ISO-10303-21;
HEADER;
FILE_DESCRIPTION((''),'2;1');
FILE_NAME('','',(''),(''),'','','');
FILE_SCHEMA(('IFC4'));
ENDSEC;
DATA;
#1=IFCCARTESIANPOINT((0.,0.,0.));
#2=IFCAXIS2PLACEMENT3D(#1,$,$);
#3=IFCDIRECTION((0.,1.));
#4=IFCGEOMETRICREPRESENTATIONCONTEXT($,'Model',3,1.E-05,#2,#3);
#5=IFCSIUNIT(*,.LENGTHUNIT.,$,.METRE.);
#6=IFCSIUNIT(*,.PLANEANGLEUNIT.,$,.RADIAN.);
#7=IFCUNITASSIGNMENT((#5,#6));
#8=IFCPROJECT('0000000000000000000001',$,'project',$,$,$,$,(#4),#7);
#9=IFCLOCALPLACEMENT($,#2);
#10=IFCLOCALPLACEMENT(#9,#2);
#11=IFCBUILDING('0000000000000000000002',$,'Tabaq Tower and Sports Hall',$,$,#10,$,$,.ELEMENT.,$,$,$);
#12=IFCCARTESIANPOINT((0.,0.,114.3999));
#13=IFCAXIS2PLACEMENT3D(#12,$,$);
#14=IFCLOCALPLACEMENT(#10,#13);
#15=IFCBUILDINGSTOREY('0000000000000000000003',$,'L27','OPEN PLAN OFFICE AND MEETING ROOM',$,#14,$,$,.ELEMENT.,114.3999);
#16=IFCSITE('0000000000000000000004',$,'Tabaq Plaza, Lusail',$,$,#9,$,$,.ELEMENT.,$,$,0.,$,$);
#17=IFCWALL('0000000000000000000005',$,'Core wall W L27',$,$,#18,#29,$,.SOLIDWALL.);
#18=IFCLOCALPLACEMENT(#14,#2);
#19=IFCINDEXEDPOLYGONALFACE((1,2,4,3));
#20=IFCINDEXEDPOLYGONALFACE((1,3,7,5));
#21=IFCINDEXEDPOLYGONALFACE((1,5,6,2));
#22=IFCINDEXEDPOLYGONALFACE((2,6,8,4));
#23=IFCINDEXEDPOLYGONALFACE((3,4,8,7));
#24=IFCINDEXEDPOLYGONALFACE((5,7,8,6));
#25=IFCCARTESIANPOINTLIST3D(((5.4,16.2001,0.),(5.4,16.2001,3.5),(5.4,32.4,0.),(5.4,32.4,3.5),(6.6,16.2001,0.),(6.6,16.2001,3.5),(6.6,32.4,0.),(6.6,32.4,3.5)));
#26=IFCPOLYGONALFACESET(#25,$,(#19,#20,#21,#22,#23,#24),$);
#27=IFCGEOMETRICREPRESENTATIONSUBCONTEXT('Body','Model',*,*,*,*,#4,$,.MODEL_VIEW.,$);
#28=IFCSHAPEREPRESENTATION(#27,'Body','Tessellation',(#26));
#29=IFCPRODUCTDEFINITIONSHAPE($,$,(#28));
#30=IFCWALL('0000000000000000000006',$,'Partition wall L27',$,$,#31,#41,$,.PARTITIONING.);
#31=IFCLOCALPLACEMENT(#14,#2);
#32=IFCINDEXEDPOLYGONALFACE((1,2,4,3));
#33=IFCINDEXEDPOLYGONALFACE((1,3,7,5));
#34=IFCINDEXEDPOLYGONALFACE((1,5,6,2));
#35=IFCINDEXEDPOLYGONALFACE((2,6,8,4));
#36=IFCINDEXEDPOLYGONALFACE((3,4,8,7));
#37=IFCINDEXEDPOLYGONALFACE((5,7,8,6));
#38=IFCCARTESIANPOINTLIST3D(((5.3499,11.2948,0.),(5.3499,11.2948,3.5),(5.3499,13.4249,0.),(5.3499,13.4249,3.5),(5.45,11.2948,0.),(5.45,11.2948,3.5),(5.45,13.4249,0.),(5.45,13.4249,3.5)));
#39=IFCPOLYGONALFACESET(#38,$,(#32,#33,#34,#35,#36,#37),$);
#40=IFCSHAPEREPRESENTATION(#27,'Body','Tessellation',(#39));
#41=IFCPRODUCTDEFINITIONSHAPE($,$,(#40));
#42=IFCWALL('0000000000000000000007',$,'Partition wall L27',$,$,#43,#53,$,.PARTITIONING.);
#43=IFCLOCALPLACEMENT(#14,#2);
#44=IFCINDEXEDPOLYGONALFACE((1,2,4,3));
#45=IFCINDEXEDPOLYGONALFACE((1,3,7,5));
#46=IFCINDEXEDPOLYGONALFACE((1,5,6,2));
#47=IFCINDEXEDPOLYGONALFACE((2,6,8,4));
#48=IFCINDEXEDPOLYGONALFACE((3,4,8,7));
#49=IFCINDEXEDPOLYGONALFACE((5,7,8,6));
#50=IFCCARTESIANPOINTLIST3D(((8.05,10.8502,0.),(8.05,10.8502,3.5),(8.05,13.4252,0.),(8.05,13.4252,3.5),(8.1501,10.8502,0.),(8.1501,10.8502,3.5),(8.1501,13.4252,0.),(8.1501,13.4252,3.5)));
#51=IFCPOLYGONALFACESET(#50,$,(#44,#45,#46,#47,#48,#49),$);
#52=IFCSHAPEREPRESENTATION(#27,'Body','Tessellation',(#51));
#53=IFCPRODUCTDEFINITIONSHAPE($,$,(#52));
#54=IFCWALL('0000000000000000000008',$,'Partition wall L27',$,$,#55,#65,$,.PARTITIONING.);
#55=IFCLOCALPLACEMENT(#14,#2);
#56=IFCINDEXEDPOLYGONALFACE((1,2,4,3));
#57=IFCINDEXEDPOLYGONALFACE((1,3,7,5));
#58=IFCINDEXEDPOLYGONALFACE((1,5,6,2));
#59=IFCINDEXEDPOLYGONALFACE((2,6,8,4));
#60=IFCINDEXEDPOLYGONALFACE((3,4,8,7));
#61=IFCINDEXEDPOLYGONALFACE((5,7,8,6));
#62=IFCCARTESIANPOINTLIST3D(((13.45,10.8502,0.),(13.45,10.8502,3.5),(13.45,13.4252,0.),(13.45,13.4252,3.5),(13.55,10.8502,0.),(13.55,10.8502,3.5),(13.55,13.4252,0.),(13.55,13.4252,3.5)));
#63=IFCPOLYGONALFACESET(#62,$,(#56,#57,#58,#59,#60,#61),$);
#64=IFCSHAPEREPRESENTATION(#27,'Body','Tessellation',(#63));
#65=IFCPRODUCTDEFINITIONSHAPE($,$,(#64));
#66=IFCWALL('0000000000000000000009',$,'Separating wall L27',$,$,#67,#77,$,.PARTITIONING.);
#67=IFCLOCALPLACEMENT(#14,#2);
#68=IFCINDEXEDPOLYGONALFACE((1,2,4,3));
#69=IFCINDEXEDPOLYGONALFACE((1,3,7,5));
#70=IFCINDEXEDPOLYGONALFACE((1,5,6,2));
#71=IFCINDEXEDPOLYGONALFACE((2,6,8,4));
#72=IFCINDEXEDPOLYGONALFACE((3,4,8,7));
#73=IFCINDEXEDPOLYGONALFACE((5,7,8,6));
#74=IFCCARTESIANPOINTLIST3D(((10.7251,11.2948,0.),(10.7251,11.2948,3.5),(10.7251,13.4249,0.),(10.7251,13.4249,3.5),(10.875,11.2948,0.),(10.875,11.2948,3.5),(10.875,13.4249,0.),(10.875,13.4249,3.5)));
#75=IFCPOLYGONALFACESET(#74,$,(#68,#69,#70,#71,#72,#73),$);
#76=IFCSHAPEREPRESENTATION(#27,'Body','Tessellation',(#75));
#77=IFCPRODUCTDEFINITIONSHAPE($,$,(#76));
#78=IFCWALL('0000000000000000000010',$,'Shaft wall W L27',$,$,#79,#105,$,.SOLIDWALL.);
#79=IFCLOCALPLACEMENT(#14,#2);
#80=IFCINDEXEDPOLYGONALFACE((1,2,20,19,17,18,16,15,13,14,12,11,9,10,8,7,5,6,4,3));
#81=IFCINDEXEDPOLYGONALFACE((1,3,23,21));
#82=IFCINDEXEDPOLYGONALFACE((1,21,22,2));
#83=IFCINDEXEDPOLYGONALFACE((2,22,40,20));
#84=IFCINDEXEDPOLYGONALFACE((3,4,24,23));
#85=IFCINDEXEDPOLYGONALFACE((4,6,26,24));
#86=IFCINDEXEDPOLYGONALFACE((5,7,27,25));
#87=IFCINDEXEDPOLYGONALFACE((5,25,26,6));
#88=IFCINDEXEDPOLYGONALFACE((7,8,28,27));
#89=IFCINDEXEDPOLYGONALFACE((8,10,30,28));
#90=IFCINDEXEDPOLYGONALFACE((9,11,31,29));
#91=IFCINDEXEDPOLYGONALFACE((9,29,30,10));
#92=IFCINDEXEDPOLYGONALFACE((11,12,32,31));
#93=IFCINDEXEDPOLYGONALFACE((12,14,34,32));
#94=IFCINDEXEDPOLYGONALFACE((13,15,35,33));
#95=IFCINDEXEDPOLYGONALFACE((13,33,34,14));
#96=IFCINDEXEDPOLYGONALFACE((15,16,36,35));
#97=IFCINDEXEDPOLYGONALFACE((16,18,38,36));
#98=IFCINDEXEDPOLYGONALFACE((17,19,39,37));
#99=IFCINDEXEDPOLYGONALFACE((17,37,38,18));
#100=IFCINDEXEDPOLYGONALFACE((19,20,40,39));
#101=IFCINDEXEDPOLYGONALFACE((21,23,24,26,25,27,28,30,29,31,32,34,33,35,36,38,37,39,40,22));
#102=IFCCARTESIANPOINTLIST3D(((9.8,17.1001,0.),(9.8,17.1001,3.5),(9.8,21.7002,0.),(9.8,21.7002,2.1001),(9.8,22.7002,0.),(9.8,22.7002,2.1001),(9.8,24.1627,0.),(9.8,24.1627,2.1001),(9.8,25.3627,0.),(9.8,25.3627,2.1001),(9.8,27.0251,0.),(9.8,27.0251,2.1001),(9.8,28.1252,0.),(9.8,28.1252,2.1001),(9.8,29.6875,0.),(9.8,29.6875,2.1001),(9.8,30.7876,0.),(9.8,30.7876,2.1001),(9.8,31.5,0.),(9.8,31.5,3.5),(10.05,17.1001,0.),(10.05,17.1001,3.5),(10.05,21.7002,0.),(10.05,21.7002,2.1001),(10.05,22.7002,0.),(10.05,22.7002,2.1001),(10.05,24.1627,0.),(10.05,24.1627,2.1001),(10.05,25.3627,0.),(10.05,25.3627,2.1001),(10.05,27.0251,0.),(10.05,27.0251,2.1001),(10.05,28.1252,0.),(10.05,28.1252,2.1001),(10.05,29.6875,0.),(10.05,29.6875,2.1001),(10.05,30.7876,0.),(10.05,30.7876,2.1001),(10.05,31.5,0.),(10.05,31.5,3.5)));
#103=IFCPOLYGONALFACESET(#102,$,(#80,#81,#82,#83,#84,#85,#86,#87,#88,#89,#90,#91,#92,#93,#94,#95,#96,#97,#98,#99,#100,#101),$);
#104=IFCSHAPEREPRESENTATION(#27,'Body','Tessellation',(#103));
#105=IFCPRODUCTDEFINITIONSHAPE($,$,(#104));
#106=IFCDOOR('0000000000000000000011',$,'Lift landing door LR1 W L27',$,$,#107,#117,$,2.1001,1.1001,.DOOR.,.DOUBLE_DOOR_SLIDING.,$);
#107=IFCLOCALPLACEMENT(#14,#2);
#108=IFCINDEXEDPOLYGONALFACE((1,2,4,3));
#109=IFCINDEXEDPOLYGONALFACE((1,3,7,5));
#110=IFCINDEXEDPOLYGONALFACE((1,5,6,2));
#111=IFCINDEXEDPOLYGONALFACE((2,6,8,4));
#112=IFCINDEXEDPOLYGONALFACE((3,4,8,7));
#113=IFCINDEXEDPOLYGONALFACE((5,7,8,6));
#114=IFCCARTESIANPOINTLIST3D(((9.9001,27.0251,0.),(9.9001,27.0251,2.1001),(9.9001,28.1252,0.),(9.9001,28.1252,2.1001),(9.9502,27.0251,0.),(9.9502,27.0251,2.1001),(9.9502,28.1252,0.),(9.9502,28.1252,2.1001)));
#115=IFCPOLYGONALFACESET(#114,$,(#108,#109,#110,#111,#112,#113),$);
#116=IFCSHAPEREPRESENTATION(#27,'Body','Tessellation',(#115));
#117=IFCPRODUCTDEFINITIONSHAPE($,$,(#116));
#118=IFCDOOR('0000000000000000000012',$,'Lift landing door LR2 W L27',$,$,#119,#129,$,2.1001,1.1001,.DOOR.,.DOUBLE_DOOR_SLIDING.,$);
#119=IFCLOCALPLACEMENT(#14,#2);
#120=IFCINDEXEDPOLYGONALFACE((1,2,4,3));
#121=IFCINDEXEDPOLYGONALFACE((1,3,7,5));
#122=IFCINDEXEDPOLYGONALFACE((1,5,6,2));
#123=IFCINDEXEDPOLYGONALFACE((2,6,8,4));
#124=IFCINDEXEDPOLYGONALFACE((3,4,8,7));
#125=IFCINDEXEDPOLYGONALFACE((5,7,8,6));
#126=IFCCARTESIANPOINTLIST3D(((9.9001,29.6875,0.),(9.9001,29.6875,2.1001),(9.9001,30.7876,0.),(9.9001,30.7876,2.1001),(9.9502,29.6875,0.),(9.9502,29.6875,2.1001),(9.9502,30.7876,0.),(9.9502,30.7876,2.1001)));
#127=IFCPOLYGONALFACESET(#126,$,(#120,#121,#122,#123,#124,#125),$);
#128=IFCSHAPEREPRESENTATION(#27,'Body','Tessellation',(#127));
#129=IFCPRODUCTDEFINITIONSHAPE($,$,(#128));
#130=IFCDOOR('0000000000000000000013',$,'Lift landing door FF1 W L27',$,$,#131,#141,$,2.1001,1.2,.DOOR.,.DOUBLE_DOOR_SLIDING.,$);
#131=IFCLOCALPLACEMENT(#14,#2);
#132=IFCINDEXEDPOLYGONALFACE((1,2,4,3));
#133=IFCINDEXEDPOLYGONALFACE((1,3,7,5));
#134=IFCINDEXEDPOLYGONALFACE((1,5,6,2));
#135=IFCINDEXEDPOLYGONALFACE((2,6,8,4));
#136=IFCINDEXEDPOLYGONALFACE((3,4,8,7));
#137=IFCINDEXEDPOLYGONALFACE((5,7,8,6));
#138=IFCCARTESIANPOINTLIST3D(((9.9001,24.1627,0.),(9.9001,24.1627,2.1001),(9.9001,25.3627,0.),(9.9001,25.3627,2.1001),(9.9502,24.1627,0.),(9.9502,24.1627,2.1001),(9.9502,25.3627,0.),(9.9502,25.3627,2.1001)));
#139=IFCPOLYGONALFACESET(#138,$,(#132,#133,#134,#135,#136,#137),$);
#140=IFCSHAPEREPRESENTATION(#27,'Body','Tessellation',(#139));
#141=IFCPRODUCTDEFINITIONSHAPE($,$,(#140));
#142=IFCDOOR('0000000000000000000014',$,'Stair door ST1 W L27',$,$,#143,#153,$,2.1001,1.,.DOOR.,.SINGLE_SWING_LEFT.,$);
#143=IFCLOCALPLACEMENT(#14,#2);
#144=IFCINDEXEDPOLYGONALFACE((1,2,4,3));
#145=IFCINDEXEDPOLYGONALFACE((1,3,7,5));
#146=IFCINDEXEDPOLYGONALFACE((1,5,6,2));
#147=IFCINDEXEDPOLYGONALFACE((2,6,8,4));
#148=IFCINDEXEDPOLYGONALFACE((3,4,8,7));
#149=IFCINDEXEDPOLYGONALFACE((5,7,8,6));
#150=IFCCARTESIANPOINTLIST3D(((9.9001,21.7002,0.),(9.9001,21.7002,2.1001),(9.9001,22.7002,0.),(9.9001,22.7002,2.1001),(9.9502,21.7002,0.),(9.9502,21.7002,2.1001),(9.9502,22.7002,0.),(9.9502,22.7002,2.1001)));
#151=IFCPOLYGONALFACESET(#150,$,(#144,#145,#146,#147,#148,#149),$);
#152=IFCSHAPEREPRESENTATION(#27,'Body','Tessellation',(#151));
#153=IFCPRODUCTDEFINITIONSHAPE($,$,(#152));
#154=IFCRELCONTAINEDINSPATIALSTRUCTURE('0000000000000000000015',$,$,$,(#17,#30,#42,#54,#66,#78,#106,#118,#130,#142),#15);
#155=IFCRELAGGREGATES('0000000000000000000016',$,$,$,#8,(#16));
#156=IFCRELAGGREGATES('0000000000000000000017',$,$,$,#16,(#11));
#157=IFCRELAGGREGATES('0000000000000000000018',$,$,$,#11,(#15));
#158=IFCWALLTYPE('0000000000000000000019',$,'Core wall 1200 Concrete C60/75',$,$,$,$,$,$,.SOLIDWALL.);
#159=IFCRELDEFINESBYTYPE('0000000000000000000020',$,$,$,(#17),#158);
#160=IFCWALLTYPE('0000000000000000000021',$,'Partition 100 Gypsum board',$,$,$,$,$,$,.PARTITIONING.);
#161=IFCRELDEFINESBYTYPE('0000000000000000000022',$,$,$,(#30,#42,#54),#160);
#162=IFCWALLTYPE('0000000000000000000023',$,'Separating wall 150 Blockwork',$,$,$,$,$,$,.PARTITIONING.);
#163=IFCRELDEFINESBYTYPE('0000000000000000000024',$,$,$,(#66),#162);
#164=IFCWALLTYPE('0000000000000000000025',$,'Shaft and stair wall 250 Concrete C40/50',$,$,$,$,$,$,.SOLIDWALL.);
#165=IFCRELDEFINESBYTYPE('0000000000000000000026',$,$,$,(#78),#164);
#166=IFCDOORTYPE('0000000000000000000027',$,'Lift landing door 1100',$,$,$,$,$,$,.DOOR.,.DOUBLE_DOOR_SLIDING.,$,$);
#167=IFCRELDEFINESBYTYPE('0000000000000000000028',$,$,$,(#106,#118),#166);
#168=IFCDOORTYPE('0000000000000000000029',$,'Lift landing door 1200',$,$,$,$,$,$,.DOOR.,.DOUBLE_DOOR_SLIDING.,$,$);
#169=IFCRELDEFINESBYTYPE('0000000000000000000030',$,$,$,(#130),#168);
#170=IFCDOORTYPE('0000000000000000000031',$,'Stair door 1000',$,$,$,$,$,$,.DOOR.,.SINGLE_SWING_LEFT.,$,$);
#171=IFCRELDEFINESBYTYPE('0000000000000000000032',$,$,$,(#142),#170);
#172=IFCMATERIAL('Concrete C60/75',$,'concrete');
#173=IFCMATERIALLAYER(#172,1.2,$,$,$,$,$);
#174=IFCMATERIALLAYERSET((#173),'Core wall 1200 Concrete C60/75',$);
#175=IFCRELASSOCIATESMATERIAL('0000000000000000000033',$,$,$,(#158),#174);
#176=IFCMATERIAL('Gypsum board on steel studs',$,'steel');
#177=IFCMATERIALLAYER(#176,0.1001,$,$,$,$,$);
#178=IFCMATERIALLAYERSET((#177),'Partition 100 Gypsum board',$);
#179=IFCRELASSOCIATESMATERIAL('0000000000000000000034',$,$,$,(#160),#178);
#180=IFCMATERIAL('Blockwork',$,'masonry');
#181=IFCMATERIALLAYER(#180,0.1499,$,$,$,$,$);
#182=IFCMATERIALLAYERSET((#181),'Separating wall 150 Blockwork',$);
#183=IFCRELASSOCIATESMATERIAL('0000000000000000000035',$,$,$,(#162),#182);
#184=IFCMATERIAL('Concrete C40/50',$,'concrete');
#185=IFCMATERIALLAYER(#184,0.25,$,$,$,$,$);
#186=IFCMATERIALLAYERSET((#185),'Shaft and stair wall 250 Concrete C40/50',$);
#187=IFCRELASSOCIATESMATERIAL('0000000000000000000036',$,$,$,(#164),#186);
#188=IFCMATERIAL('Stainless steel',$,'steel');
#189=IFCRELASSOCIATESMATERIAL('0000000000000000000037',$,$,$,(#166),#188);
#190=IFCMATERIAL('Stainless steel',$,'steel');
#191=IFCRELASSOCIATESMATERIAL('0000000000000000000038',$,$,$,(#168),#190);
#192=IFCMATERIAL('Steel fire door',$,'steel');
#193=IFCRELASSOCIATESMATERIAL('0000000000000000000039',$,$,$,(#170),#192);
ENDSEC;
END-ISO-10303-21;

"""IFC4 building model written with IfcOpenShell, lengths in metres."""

from ifc_helpers import new_model, si_unit, direction, frame, frame_2d, origin, place, context, subcontext, project, spatial, rectangle, extrude, material, layer, layer_set, type_object, element, fill, save


model = new_model("IFC4")

# Units and contexts
model_context = context("Model", 3, precision=1e-05, world=origin(), true_north=direction((0.0, 1.0)))
body_context = subcontext(model_context, "Body", "Model", "MODEL_VIEW")
ifc_project = project(units=[si_unit("LENGTHUNIT", "METRE"), si_unit("PLANEANGLEUNIT", "RADIAN")], contexts=[model_context])

# Site, building, storey
site_placement = place(None, origin())
site = spatial("IfcSite", under=ifc_project, at=site_placement, Name="Tabaq Plaza, Lusail", CompositionType="ELEMENT", RefElevation=0.0)
building_placement = place(site_placement, origin())
building = spatial("IfcBuilding", under=site, at=building_placement, Name="Tabaq Tower and Sports Hall", CompositionType="ELEMENT")
storey_placement = place(building_placement, frame((0.0, 0.0, 114.3999)))
storey = spatial("IfcBuildingStorey", under=building, at=storey_placement, Name="L27", Description="OPEN PLAN OFFICE AND MEETING ROOM", CompositionType="ELEMENT", Elevation=114.3999)

# Walls
ifc_material_1 = material(Name="Concrete C60/75", Category="concrete")
ifc_layer_1 = layer(ifc_material_1, 1.2)
ifc_layer_set_1 = layer_set([ifc_layer_1], Name="Core wall 1200 Concrete C60/75")
wall_type_1 = type_object("IfcWallType", Name="Core wall 1200 Concrete C60/75", PredefinedType="SOLIDWALL", material=ifc_layer_set_1)
wall_1_placement = place(storey_placement, frame((6.0, 16.2, 0.0), z_axis=(0.0, 0.0, 1.0), x_axis=(0.0, 1.0, 0.0)))
element("IfcWall", 1, at=wall_1_placement, inside=storey, type_object=wall_type_1, Name="Core wall W L27", PredefinedType="SOLIDWALL", context=body_context, shape_type="SweptSolid", body=[
    extrude(rectangle(XDim=16.2, YDim=1.2, at=frame_2d((8.1001, 0.0))), origin(), (0.0, 0.0, 1.0), 3.5),
])
ifc_material_2 = material(Name="Gypsum board on steel studs", Category="steel")
ifc_layer_2 = layer(ifc_material_2, 0.1001)
ifc_layer_set_2 = layer_set([ifc_layer_2], Name="Partition 100 Gypsum board")
wall_type_2 = type_object("IfcWallType", Name="Partition 100 Gypsum board", PredefinedType="PARTITIONING", material=ifc_layer_set_2)
wall_2_placement = place(storey_placement, frame((5.3999, 11.2949, 0.0), z_axis=(0.0, 0.0, 1.0), x_axis=(0.0, 1.0, 0.0)))
element("IfcWall", 2, at=wall_2_placement, inside=storey, type_object=wall_type_2, Name="Partition wall L27", PredefinedType="PARTITIONING", context=body_context, shape_type="SweptSolid", body=[
    extrude(rectangle(XDim=2.1301, YDim=0.1001, at=frame_2d((1.0649, 0.0))), origin(), (0.0, 0.0, 1.0), 3.5),
])
for number, where, z_axis, x_axis, name in (
    (3, (8.1001, 10.8501, 0.0), (0.0, 0.0, 1.0), (0.0, 1.0, 0.0), "Partition wall L27"),
    (4, (13.5, 10.8501, 0.0), (0.0, 0.0, 1.0), (0.0, 1.0, 0.0), "Partition wall L27"),
):
    element("IfcWall", number, at=place(storey_placement, frame(where, z_axis=z_axis, x_axis=x_axis)), inside=storey, type_object=wall_type_2, Name=name, PredefinedType="PARTITIONING", context=body_context, shape_type="SweptSolid", body=[
        extrude(rectangle(XDim=2.575, YDim=0.1001, at=frame_2d((1.2876, 0.0))), origin(), (0.0, 0.0, 1.0), 3.5),
    ])
ifc_material_3 = material(Name="Blockwork", Category="masonry")
ifc_layer_3 = layer(ifc_material_3, 0.1499)
ifc_layer_set_3 = layer_set([ifc_layer_3], Name="Separating wall 150 Blockwork")
wall_type_3 = type_object("IfcWallType", Name="Separating wall 150 Blockwork", PredefinedType="PARTITIONING", material=ifc_layer_set_3)
wall_3_placement = place(storey_placement, frame((10.8, 11.2949, 0.0), z_axis=(0.0, 0.0, 1.0), x_axis=(0.0, 1.0, 0.0)))
element("IfcWall", 5, at=wall_3_placement, inside=storey, type_object=wall_type_3, Name="Separating wall L27", PredefinedType="PARTITIONING", context=body_context, shape_type="SweptSolid", body=[
    extrude(rectangle(XDim=2.1301, YDim=0.1499, at=frame_2d((1.0649, 0.0))), origin(), (0.0, 0.0, 1.0), 3.5),
])

# Wall, openings, doors
ifc_material_4 = material(Name="Concrete C40/50", Category="concrete")
ifc_layer_4 = layer(ifc_material_4, 0.25)
ifc_layer_set_4 = layer_set([ifc_layer_4], Name="Shaft and stair wall 250 Concrete C40/50")
wall_type_4 = type_object("IfcWallType", Name="Shaft and stair wall 250 Concrete C40/50", PredefinedType="SOLIDWALL", material=ifc_layer_set_4)
wall_4_placement = place(storey_placement, frame((9.925, 17.1001, 0.0), z_axis=(0.0, 0.0, 1.0), x_axis=(0.0, 1.0, 0.0)))
wall_4 = element("IfcWall", 6, at=wall_4_placement, inside=storey, type_object=wall_type_4, Name="Shaft wall W L27", PredefinedType="SOLIDWALL", context=body_context, shape_type="SweptSolid", body=[
    extrude(rectangle(XDim=14.3999, YDim=0.25, at=frame_2d((7.2, 0.0))), origin(), (0.0, 0.0, 1.0), 3.5),
])
opening_1_placement = place(wall_4_placement, frame((4.6001, 0.0, 0.0)))
opening_1 = element("IfcOpeningElement", 7, at=opening_1_placement, cuts=wall_4, PredefinedType="OPENING", context=body_context, shape_type="SweptSolid", body=[
    extrude(rectangle(XDim=1.0, YDim=2.1001, at=frame_2d((0.5, 1.05))), frame((0.0, 0.125, 0.0), z_axis=(0.0, -1.0, 0.0), x_axis=(1.0, 0.0, 0.0)), (0.0, 0.0, 1.0), 0.25),
])
opening_2_placement = place(wall_4_placement, frame((7.0625, 0.0, 0.0)))
opening_2 = element("IfcOpeningElement", 8, at=opening_2_placement, cuts=wall_4, PredefinedType="OPENING", context=body_context, shape_type="SweptSolid", body=[
    extrude(rectangle(XDim=1.2, YDim=2.1001, at=frame_2d((0.6001, 1.05))), frame((0.0, 0.125, 0.0), z_axis=(0.0, -1.0, 0.0), x_axis=(1.0, 0.0, 0.0)), (0.0, 0.0, 1.0), 0.25),
])
opening_3_placement = place(wall_4_placement, frame((9.925, 0.0, 0.0)))
opening_3 = element("IfcOpeningElement", 9, at=opening_3_placement, cuts=wall_4, PredefinedType="OPENING", context=body_context, shape_type="SweptSolid", body=[
    extrude(rectangle(XDim=1.1001, YDim=2.1001, at=frame_2d((0.55, 1.05))), frame((0.0, 0.125, 0.0), z_axis=(0.0, -1.0, 0.0), x_axis=(1.0, 0.0, 0.0)), (0.0, 0.0, 1.0), 0.25),
])
opening_4_placement = place(wall_4_placement, frame((12.5874, 0.0, 0.0)))
opening_4 = element("IfcOpeningElement", 10, at=opening_4_placement, cuts=wall_4, PredefinedType="OPENING", context=body_context, shape_type="SweptSolid", body=[
    extrude(rectangle(XDim=1.1001, YDim=2.1001, at=frame_2d((0.55, 1.05))), frame((0.0, 0.125, 0.0), z_axis=(0.0, -1.0, 0.0), x_axis=(1.0, 0.0, 0.0)), (0.0, 0.0, 1.0), 0.25),
])
ifc_material_5 = material(Name="Stainless steel", Category="steel")
door_type_1 = type_object("IfcDoorType", Name="Lift landing door 1100", OperationType="DOUBLE_DOOR_SLIDING", PredefinedType="DOOR", material=ifc_material_5)
door_1_placement = place(opening_3_placement, origin())
door_1 = element("IfcDoor", 11, at=door_1_placement, inside=storey, type_object=door_type_1, Name="Lift landing door LR1 W L27", OperationType="DOUBLE_DOOR_SLIDING", OverallHeight=2.1001, OverallWidth=1.1001, PredefinedType="DOOR", context=body_context, shape_type="SweptSolid", body=[
    extrude(rectangle(XDim=1.1001, YDim=2.1001, at=frame_2d((0.55, 1.05))), frame((0.0, 0.0249, 0.0), z_axis=(0.0, -1.0, 0.0), x_axis=(1.0, 0.0, 0.0)), (0.0, 0.0, 1.0), 0.05),
])
fill(opening_3, door_1)
door_2_placement = place(opening_4_placement, origin())
door_2 = element("IfcDoor", 12, at=door_2_placement, inside=storey, type_object=door_type_1, Name="Lift landing door LR2 W L27", OperationType="DOUBLE_DOOR_SLIDING", OverallHeight=2.1001, OverallWidth=1.1001, PredefinedType="DOOR", context=body_context, shape_type="SweptSolid", body=[
    extrude(rectangle(XDim=1.1001, YDim=2.1001, at=frame_2d((0.55, 1.05))), frame((0.0, 0.0249, 0.0), z_axis=(0.0, -1.0, 0.0), x_axis=(1.0, 0.0, 0.0)), (0.0, 0.0, 1.0), 0.05),
])
fill(opening_4, door_2)
ifc_material_6 = material(Name="Stainless steel", Category="steel")
door_type_2 = type_object("IfcDoorType", Name="Lift landing door 1200", OperationType="DOUBLE_DOOR_SLIDING", PredefinedType="DOOR", material=ifc_material_6)
door_3_placement = place(opening_2_placement, origin())
door_3 = element("IfcDoor", 13, at=door_3_placement, inside=storey, type_object=door_type_2, Name="Lift landing door FF1 W L27", OperationType="DOUBLE_DOOR_SLIDING", OverallHeight=2.1001, OverallWidth=1.2, PredefinedType="DOOR", context=body_context, shape_type="SweptSolid", body=[
    extrude(rectangle(XDim=1.2, YDim=2.1001, at=frame_2d((0.6001, 1.05))), frame((0.0, 0.0249, 0.0), z_axis=(0.0, -1.0, 0.0), x_axis=(1.0, 0.0, 0.0)), (0.0, 0.0, 1.0), 0.05),
])
fill(opening_2, door_3)
ifc_material_7 = material(Name="Steel fire door", Category="steel")
door_type_3 = type_object("IfcDoorType", Name="Stair door 1000", OperationType="SINGLE_SWING_LEFT", PredefinedType="DOOR", material=ifc_material_7)
door_4_placement = place(opening_1_placement, origin())
door_4 = element("IfcDoor", 14, at=door_4_placement, inside=storey, type_object=door_type_3, Name="Stair door ST1 W L27", OperationType="SINGLE_SWING_LEFT", OverallHeight=2.1001, OverallWidth=1.0, PredefinedType="DOOR", context=body_context, shape_type="SweptSolid", body=[
    extrude(rectangle(XDim=1.0, YDim=2.1001, at=frame_2d((0.5, 1.05))), frame((0.0, 0.0249, 0.0), z_axis=(0.0, -1.0, 0.0), x_axis=(1.0, 0.0, 0.0)), (0.0, 0.0, 1.0), 0.05),
])
fill(opening_1, door_4)

save(model, "model.ifc")
